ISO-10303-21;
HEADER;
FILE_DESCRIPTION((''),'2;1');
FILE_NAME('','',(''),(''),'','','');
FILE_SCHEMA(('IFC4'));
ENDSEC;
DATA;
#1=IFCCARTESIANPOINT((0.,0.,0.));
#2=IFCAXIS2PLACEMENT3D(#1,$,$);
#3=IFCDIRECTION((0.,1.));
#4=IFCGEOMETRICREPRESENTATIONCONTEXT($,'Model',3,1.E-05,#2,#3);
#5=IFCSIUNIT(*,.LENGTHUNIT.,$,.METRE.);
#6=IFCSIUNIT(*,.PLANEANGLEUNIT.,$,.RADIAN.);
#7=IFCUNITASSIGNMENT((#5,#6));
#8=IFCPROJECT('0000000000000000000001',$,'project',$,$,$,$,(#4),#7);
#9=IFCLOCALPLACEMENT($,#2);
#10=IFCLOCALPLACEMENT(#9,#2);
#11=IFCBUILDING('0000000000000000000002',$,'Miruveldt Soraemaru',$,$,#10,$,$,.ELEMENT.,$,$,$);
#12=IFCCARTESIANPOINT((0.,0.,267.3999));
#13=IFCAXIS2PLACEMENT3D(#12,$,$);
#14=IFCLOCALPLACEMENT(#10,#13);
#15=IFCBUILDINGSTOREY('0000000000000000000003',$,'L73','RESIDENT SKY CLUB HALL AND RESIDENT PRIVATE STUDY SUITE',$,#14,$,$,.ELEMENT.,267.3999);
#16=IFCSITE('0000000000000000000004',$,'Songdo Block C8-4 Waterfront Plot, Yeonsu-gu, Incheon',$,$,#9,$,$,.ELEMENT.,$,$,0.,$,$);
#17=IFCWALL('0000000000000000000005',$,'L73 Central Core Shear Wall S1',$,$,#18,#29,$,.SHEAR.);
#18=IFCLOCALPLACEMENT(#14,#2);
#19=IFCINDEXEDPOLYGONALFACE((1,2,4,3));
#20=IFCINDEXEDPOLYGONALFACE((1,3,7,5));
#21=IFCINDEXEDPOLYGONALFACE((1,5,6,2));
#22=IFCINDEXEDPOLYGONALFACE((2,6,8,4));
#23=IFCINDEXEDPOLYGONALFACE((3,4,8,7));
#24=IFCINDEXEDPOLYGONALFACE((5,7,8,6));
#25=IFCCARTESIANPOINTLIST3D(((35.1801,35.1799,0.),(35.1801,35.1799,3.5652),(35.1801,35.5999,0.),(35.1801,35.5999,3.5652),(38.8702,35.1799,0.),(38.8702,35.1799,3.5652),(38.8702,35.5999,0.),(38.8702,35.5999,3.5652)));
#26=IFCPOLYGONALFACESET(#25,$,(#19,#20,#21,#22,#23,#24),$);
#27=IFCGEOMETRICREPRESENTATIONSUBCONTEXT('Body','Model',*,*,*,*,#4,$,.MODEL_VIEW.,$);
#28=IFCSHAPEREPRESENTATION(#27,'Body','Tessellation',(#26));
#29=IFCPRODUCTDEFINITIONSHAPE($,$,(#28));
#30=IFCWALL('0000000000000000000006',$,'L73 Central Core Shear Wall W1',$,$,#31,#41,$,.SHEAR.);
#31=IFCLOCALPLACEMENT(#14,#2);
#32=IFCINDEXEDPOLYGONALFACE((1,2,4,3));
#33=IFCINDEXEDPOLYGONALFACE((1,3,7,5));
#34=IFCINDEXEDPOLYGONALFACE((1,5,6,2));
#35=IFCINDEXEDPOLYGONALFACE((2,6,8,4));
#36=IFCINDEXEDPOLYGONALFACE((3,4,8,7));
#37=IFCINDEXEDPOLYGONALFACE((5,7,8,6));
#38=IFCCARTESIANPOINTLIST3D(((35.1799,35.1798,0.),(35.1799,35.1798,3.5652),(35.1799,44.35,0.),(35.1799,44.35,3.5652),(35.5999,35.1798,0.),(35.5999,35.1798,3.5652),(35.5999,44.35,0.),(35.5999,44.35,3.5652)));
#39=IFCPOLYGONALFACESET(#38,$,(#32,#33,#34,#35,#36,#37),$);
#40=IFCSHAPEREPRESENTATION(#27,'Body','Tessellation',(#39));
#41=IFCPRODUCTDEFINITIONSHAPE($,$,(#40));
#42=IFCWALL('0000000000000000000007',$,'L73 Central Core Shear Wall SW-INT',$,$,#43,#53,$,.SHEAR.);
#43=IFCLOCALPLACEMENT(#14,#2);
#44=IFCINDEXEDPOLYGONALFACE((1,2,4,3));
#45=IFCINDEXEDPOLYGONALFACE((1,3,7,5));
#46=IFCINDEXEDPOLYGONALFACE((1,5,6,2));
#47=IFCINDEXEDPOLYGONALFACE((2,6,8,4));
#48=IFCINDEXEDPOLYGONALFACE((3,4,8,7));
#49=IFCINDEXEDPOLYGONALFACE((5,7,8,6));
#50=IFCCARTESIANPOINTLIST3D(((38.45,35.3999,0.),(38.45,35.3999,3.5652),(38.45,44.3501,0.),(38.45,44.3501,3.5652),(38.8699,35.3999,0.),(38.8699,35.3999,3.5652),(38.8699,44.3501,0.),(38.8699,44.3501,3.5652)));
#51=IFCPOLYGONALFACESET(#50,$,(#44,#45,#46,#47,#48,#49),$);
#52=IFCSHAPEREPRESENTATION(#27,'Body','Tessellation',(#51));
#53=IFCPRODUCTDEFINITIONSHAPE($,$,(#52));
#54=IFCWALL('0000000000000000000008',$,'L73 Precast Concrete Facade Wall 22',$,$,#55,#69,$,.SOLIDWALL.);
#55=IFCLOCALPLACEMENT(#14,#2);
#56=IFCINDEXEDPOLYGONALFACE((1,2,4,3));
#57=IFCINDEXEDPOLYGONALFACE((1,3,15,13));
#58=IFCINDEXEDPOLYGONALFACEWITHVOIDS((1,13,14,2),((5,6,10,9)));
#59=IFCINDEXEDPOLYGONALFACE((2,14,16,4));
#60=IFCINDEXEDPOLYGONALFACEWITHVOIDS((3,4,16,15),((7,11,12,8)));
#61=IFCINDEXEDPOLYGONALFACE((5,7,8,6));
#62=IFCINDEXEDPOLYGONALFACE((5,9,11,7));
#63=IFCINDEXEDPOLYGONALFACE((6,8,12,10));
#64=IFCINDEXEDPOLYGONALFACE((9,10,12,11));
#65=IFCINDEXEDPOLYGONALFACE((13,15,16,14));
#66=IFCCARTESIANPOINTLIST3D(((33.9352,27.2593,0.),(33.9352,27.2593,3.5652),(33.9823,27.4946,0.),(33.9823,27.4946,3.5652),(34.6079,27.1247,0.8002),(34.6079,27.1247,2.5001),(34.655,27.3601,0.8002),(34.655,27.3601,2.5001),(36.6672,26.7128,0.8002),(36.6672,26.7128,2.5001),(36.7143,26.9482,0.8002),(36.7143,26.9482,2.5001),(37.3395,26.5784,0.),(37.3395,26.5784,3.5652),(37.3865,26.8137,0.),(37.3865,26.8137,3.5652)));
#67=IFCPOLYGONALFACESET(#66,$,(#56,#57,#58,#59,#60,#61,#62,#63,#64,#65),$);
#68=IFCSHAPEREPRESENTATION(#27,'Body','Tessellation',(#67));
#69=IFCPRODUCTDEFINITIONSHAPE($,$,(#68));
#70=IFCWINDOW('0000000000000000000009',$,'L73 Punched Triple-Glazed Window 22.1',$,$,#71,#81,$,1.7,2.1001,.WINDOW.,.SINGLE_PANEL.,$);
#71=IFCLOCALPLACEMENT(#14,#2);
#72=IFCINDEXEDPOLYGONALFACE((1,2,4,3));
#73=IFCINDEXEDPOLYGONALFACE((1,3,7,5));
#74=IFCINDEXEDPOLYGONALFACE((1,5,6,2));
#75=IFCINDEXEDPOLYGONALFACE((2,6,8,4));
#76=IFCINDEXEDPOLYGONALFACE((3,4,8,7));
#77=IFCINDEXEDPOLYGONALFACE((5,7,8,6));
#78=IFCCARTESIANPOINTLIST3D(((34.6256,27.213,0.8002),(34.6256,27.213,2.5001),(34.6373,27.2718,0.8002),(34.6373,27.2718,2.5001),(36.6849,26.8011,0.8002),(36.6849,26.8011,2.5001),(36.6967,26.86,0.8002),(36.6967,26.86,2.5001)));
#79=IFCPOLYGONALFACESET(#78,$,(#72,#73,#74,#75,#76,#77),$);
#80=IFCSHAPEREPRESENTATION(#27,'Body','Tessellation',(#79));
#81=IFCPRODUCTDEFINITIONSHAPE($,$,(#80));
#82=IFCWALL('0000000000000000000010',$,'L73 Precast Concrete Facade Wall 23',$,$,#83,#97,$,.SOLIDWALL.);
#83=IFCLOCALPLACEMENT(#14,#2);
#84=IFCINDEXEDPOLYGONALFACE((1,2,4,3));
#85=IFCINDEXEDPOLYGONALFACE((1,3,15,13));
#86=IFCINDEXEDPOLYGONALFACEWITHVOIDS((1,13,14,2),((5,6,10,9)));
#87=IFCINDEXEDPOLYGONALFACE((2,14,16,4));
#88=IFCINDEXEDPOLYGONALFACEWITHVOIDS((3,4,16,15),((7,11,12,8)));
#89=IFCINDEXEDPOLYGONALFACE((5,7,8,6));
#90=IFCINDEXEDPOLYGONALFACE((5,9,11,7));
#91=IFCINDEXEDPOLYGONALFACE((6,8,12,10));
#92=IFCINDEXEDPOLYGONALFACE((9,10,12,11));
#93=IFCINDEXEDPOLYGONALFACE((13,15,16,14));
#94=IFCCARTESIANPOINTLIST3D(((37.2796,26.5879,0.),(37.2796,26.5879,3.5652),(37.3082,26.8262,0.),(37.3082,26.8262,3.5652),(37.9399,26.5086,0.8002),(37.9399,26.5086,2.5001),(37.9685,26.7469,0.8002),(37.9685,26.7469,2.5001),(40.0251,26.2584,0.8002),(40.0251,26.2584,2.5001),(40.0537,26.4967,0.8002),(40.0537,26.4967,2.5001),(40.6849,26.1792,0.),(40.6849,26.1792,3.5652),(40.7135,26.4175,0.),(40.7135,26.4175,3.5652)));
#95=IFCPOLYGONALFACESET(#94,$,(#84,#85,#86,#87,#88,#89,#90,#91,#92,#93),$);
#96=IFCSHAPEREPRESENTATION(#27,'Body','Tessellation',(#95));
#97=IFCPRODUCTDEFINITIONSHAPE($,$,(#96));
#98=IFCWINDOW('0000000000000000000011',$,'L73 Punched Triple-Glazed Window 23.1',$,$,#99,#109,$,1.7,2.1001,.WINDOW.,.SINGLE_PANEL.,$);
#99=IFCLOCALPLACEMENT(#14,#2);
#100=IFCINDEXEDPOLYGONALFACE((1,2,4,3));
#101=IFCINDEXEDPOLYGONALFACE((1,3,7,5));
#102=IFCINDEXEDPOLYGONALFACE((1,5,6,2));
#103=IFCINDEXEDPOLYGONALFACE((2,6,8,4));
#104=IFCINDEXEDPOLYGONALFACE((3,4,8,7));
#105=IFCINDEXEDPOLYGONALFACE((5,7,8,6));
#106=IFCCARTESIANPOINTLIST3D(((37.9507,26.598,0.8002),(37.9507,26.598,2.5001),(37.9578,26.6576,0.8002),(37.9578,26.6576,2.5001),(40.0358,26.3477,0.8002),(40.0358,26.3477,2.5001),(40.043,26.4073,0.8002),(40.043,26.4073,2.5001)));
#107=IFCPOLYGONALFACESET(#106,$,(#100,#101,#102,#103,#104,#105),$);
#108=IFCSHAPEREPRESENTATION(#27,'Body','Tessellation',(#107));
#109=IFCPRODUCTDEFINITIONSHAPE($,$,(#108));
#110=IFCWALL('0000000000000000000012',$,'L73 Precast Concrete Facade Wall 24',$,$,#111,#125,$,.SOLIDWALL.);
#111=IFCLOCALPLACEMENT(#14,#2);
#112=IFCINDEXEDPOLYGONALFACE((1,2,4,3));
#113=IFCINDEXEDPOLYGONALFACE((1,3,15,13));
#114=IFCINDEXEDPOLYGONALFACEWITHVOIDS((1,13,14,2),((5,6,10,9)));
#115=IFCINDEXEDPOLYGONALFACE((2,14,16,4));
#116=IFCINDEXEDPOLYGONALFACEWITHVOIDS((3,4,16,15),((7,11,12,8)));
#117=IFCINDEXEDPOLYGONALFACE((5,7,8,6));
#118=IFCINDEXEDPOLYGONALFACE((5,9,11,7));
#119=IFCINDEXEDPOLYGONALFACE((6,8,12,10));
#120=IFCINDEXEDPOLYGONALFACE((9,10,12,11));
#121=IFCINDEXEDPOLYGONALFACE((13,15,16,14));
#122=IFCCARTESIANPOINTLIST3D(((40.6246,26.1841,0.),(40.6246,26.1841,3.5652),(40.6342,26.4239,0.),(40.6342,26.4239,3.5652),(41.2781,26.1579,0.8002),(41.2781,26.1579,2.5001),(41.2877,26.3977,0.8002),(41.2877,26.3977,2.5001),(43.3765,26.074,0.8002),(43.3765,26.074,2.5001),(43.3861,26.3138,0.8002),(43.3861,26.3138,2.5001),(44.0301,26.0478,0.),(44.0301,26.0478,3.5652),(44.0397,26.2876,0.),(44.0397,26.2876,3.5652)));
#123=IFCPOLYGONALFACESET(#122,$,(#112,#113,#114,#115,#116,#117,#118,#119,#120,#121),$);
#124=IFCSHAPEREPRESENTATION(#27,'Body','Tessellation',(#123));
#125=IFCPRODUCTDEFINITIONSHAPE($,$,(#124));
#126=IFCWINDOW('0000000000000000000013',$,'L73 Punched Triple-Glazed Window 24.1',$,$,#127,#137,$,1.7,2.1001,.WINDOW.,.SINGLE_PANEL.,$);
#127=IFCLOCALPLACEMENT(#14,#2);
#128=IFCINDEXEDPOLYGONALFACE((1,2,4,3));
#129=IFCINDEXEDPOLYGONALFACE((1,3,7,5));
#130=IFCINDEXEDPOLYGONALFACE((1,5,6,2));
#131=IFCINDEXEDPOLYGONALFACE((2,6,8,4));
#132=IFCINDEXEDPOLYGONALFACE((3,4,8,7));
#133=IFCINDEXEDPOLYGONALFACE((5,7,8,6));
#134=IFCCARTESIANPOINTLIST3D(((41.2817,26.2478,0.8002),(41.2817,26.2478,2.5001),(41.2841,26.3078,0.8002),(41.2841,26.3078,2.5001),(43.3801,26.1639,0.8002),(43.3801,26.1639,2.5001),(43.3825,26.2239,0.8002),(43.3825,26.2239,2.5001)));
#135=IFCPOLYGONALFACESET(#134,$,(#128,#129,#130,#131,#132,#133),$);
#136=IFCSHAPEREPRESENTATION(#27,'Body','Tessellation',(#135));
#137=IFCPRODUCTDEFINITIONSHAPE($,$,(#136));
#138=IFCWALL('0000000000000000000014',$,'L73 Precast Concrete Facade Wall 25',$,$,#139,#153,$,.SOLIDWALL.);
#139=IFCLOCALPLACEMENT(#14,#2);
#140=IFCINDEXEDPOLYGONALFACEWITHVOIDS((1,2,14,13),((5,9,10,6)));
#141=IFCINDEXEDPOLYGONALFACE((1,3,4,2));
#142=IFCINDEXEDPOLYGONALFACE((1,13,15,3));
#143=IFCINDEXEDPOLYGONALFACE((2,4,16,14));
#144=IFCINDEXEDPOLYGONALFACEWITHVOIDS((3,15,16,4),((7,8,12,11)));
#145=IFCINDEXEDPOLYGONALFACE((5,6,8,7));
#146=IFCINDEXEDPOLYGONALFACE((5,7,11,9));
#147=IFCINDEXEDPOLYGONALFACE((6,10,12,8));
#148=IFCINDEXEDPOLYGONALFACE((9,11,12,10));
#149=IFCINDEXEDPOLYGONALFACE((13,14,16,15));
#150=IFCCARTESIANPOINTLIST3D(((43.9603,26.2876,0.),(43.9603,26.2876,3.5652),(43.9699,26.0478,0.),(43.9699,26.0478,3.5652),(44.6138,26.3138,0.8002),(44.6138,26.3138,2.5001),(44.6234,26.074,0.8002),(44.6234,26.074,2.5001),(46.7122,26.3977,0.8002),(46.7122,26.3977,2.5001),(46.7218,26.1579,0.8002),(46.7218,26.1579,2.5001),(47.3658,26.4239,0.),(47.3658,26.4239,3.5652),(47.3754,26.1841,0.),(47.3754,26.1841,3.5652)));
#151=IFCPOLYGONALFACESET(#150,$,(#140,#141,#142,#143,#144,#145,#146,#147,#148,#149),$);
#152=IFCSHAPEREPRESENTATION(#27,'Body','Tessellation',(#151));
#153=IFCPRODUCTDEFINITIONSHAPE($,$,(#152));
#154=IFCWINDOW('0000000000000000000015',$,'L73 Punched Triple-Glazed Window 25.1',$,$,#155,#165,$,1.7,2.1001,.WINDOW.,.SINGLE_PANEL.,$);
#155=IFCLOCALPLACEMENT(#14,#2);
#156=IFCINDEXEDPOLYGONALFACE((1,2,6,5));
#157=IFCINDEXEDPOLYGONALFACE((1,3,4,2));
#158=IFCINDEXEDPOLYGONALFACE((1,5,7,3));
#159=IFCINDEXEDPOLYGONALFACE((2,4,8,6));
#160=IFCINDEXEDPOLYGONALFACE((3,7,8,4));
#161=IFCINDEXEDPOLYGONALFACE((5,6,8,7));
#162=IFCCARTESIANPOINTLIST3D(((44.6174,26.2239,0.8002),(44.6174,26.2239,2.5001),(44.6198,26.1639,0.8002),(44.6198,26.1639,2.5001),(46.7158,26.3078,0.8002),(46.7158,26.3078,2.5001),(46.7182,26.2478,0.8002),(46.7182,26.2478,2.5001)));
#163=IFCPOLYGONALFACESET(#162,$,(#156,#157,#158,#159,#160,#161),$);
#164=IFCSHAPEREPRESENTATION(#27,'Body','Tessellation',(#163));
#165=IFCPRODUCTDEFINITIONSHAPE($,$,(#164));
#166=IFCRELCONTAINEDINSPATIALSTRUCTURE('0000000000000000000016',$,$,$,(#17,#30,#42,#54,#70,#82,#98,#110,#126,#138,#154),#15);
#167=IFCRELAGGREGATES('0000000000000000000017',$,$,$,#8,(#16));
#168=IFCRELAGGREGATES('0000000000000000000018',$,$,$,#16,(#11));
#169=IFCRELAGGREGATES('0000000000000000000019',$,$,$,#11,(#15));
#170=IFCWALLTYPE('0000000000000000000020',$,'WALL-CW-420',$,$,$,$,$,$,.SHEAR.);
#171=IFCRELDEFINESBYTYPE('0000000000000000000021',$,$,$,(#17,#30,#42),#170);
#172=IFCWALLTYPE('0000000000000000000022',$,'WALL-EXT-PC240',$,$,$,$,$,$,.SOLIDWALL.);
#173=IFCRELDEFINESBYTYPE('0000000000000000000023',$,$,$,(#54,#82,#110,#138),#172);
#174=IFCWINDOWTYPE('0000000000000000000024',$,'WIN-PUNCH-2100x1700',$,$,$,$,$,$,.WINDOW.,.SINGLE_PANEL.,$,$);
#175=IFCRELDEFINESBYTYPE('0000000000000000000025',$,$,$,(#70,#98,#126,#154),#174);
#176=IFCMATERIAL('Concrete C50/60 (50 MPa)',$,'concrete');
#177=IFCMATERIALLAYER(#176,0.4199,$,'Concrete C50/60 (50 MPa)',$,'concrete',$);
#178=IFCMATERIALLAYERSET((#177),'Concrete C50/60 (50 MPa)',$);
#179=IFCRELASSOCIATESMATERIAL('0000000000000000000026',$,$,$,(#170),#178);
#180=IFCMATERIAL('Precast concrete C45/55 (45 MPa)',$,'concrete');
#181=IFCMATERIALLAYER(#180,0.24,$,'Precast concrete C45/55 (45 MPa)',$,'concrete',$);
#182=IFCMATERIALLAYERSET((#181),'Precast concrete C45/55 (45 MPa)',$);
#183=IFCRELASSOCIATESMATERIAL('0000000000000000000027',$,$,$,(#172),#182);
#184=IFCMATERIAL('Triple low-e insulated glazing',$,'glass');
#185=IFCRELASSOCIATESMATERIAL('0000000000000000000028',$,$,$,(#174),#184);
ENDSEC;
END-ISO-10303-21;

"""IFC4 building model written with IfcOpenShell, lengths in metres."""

from ifc_helpers import new_model, si_unit, direction, frame, frame_2d, origin, place, context, subcontext, project, spatial, rectangle, extrude, material, layer, layer_set, type_object, element, fill, save


model = new_model("IFC4")

# Units and contexts
model_context = context("Model", 3, precision=1e-05, world=origin(), true_north=direction((0.0, 1.0)))
body_context = subcontext(model_context, "Body", "Model", "MODEL_VIEW")
ifc_project = project(units=[si_unit("LENGTHUNIT", "METRE"), si_unit("PLANEANGLEUNIT", "RADIAN")], contexts=[model_context])

# Site, building, storey
site_placement = place(None, origin())
site = spatial("IfcSite", under=ifc_project, at=site_placement, Name="Songdo Block C8-4 Waterfront Plot, Yeonsu-gu, Incheon", CompositionType="ELEMENT", RefElevation=0.0)
building_placement = place(site_placement, origin())
building = spatial("IfcBuilding", under=site, at=building_placement, Name="Miruveldt Soraemaru", CompositionType="ELEMENT")
storey_placement = place(building_placement, frame((0.0, 0.0, 267.3999)))
storey = spatial("IfcBuildingStorey", under=building, at=storey_placement, Name="L73", Description="RESIDENT SKY CLUB HALL AND RESIDENT PRIVATE STUDY SUITE", CompositionType="ELEMENT", Elevation=267.3999)

# Shared definitions
ifc_material_1 = material(Name="Concrete C50/60 (50 MPa)", Category="concrete")

# Walls
ifc_layer_1 = layer(ifc_material_1, 0.4199, Name="Concrete C50/60 (50 MPa)", Category="concrete")
ifc_layer_set_1 = layer_set([ifc_layer_1], Name="Concrete C50/60 (50 MPa)")
wall_type_1 = type_object("IfcWallType", Name="WALL-CW-420", PredefinedType="SHEAR", material=ifc_layer_set_1)
wall_1_placement = place(storey_placement, frame((35.1799, 35.3899, 0.0), z_axis=(0.0, 0.0, 1.0), x_axis=(1.0, 0.0, 0.0)))
element("IfcWall", 1, at=wall_1_placement, inside=storey, type_object=wall_type_1, Name="L73 Central Core Shear Wall S1", PredefinedType="SHEAR", context=body_context, shape_type="SweptSolid", body=[
    extrude(rectangle(XDim=3.6902, YDim=0.4199, at=frame_2d((1.8452, 0.0))), origin(), (0.0, 0.0, 1.0), 3.5652),
])
wall_2_placement = place(storey_placement, frame((35.3899, 35.1799, 0.0), z_axis=(0.0, 0.0, 1.0), x_axis=(0.0, 1.0, 0.0)))
element("IfcWall", 2, at=wall_2_placement, inside=storey, type_object=wall_type_1, Name="L73 Central Core Shear Wall W1", PredefinedType="SHEAR", context=body_context, shape_type="SweptSolid", body=[
    extrude(rectangle(XDim=9.1702, YDim=0.4199, at=frame_2d((4.585, 0.0))), origin(), (0.0, 0.0, 1.0), 3.5652),
])
wall_3_placement = place(storey_placement, frame((38.6599, 35.3999, 0.0), z_axis=(0.0, 0.0, 1.0), x_axis=(0.0, 1.0, 0.0)))
element("IfcWall", 3, at=wall_3_placement, inside=storey, type_object=wall_type_1, Name="L73 Central Core Shear Wall SW-INT", PredefinedType="SHEAR", context=body_context, shape_type="SweptSolid", body=[
    extrude(rectangle(XDim=8.9502, YDim=0.4199, at=frame_2d((4.4751, 0.0))), origin(), (0.0, 0.0, 1.0), 3.5652),
])

# Walls, openings, windows
ifc_material_2 = material(Name="Precast concrete C45/55 (45 MPa)", Category="concrete")
ifc_layer_2 = layer(ifc_material_2, 0.24, Name="Precast concrete C45/55 (45 MPa)", Category="concrete")
ifc_layer_set_2 = layer_set([ifc_layer_2], Name="Precast concrete C45/55 (45 MPa)")
wall_type_2 = type_object("IfcWallType", Name="WALL-EXT-PC240", PredefinedType="SOLIDWALL", material=ifc_layer_set_2)
wall_4_placement = place(storey_placement, frame((33.9587, 27.377, 0.0), z_axis=(0.0, 0.0, 1.0), x_axis=(0.980578, -0.19613, 0.0)))
wall_4 = element("IfcWall", 4, at=wall_4_placement, inside=storey, type_object=wall_type_2, Name="L73 Precast Concrete Facade Wall 22", PredefinedType="SOLIDWALL", context=body_context, shape_type="SweptSolid", body=[
    extrude(rectangle(XDim=3.4717, YDim=0.24, at=frame_2d((1.7358, 0.0))), origin(), (0.0, 0.0, 1.0), 3.5652),
])
opening_1_placement = place(wall_4_placement, frame((0.686, 0.0, 0.8)))
opening_1 = element("IfcOpeningElement", 5, at=opening_1_placement, cuts=wall_4, PredefinedType="OPENING", context=body_context, shape_type="SweptSolid", body=[
    extrude(rectangle(XDim=2.1001, YDim=1.7, at=frame_2d((1.05, 0.8501))), frame((0.0, 0.1299, 0.0), z_axis=(0.0, -1.0, 0.0), x_axis=(1.0, 0.0, 0.0)), (0.0, 0.0, 1.0), 0.26),
])
ifc_material_3 = material(Name="Triple low-e insulated glazing", Category="glass")
window_type = type_object("IfcWindowType", Name="WIN-PUNCH-2100x1700", PartitioningType="SINGLE_PANEL", PredefinedType="WINDOW", material=ifc_material_3)
window_1_placement = place(opening_1_placement, origin())
window_1 = element("IfcWindow", 6, at=window_1_placement, inside=storey, type_object=window_type, Name="L73 Punched Triple-Glazed Window 22.1", OverallHeight=1.7, OverallWidth=2.1001, PartitioningType="SINGLE_PANEL", PredefinedType="WINDOW", context=body_context, shape_type="SweptSolid", body=[
    extrude(rectangle(XDim=2.1001, YDim=1.7, at=frame_2d((1.05, 0.8501))), frame((0.0, 0.03, 0.0), z_axis=(0.0, -1.0, 0.0), x_axis=(1.0, 0.0, 0.0)), (0.0, 0.0, 1.0), 0.0601),
])
fill(opening_1, window_1)
wall_5_placement = place(storey_placement, frame((37.2939, 26.707, 0.0), z_axis=(0.0, 0.0, 1.0), x_axis=(0.992875, -0.119162, 0.0)))
wall_5 = element("IfcWall", 7, at=wall_5_placement, inside=storey, type_object=wall_type_2, Name="L73 Precast Concrete Facade Wall 23", PredefinedType="SOLIDWALL", context=body_context, shape_type="SweptSolid", body=[
    extrude(rectangle(XDim=3.4297, YDim=0.24, at=frame_2d((1.7148, 0.0))), origin(), (0.0, 0.0, 1.0), 3.5652),
])
opening_2_placement = place(wall_5_placement, frame((0.665, 0.0, 0.8)))
opening_2 = element("IfcOpeningElement", 8, at=opening_2_placement, cuts=wall_5, PredefinedType="OPENING", context=body_context, shape_type="SweptSolid", body=[
    extrude(rectangle(XDim=2.1001, YDim=1.7, at=frame_2d((1.05, 0.8501))), frame((0.0, 0.1299, 0.0), z_axis=(0.0, -1.0, 0.0), x_axis=(1.0, 0.0, 0.0)), (0.0, 0.0, 1.0), 0.26),
])
window_2_placement = place(opening_2_placement, origin())
window_2 = element("IfcWindow", 9, at=window_2_placement, inside=storey, type_object=window_type, Name="L73 Punched Triple-Glazed Window 23.1", OverallHeight=1.7, OverallWidth=2.1001, PartitioningType="SINGLE_PANEL", PredefinedType="WINDOW", context=body_context, shape_type="SweptSolid", body=[
    extrude(rectangle(XDim=2.1001, YDim=1.7, at=frame_2d((1.05, 0.8501))), frame((0.0, 0.03, 0.0), z_axis=(0.0, -1.0, 0.0), x_axis=(1.0, 0.0, 0.0)), (0.0, 0.0, 1.0), 0.0601),
])
fill(opening_2, window_2)
wall_6_placement = place(storey_placement, frame((40.6294, 26.304, 0.0), z_axis=(0.0, 0.0, 1.0), x_axis=(0.999201, -0.039971, 0.0)))
wall_6 = element("IfcWall", 10, at=wall_6_placement, inside=storey, type_object=wall_type_2, Name="L73 Precast Concrete Facade Wall 24", PredefinedType="SOLIDWALL", context=body_context, shape_type="SweptSolid", body=[
    extrude(rectangle(XDim=3.4082, YDim=0.24, at=frame_2d((1.7041, 0.0))), origin(), (0.0, 0.0, 1.0), 3.5652),
])
opening_3_placement = place(wall_6_placement, frame((0.6541, 0.0, 0.8)))
opening_3 = element("IfcOpeningElement", 11, at=opening_3_placement, cuts=wall_6, PredefinedType="OPENING", context=body_context, shape_type="SweptSolid", body=[
    extrude(rectangle(XDim=2.1001, YDim=1.7, at=frame_2d((1.05, 0.8501))), frame((0.0, 0.1299, 0.0), z_axis=(0.0, -1.0, 0.0), x_axis=(1.0, 0.0, 0.0)), (0.0, 0.0, 1.0), 0.26),
])
window_3_placement = place(opening_3_placement, origin())
window_3 = element("IfcWindow", 12, at=window_3_placement, inside=storey, type_object=window_type, Name="L73 Punched Triple-Glazed Window 24.1", OverallHeight=1.7, OverallWidth=2.1001, PartitioningType="SINGLE_PANEL", PredefinedType="WINDOW", context=body_context, shape_type="SweptSolid", body=[
    extrude(rectangle(XDim=2.1001, YDim=1.7, at=frame_2d((1.05, 0.8501))), frame((0.0, 0.03, 0.0), z_axis=(0.0, -1.0, 0.0), x_axis=(1.0, 0.0, 0.0)), (0.0, 0.0, 1.0), 0.0601),
])
fill(opening_3, window_3)
wall_7_placement = place(storey_placement, frame((43.9651, 26.1677, 0.0), z_axis=(0.0, 0.0, 1.0), x_axis=(0.999201, 0.039971, 0.0)))
wall_7 = element("IfcWall", 13, at=wall_7_placement, inside=storey, type_object=wall_type_2, Name="L73 Precast Concrete Facade Wall 25", PredefinedType="SOLIDWALL", context=body_context, shape_type="SweptSolid", body=[
    extrude(rectangle(XDim=3.4082, YDim=0.24, at=frame_2d((1.7041, 0.0))), origin(), (0.0, 0.0, 1.0), 3.5652),
])
opening_4_placement = place(wall_7_placement, frame((0.6541, 0.0, 0.8)))
opening_4 = element("IfcOpeningElement", 14, at=opening_4_placement, cuts=wall_7, PredefinedType="OPENING", context=body_context, shape_type="SweptSolid", body=[
    extrude(rectangle(XDim=2.1001, YDim=1.7, at=frame_2d((1.05, 0.8501))), frame((0.0, 0.1299, 0.0), z_axis=(0.0, -1.0, 0.0), x_axis=(1.0, 0.0, 0.0)), (0.0, 0.0, 1.0), 0.26),
])
window_4_placement = place(opening_4_placement, origin())
window_4 = element("IfcWindow", 15, at=window_4_placement, inside=storey, type_object=window_type, Name="L73 Punched Triple-Glazed Window 25.1", OverallHeight=1.7, OverallWidth=2.1001, PartitioningType="SINGLE_PANEL", PredefinedType="WINDOW", context=body_context, shape_type="SweptSolid", body=[
    extrude(rectangle(XDim=2.1001, YDim=1.7, at=frame_2d((1.05, 0.8501))), frame((0.0, 0.03, 0.0), z_axis=(0.0, -1.0, 0.0), x_axis=(1.0, 0.0, 0.0)), (0.0, 0.0, 1.0), 0.0601),
])
fill(opening_4, window_4)

save(model, "model.ifc")
